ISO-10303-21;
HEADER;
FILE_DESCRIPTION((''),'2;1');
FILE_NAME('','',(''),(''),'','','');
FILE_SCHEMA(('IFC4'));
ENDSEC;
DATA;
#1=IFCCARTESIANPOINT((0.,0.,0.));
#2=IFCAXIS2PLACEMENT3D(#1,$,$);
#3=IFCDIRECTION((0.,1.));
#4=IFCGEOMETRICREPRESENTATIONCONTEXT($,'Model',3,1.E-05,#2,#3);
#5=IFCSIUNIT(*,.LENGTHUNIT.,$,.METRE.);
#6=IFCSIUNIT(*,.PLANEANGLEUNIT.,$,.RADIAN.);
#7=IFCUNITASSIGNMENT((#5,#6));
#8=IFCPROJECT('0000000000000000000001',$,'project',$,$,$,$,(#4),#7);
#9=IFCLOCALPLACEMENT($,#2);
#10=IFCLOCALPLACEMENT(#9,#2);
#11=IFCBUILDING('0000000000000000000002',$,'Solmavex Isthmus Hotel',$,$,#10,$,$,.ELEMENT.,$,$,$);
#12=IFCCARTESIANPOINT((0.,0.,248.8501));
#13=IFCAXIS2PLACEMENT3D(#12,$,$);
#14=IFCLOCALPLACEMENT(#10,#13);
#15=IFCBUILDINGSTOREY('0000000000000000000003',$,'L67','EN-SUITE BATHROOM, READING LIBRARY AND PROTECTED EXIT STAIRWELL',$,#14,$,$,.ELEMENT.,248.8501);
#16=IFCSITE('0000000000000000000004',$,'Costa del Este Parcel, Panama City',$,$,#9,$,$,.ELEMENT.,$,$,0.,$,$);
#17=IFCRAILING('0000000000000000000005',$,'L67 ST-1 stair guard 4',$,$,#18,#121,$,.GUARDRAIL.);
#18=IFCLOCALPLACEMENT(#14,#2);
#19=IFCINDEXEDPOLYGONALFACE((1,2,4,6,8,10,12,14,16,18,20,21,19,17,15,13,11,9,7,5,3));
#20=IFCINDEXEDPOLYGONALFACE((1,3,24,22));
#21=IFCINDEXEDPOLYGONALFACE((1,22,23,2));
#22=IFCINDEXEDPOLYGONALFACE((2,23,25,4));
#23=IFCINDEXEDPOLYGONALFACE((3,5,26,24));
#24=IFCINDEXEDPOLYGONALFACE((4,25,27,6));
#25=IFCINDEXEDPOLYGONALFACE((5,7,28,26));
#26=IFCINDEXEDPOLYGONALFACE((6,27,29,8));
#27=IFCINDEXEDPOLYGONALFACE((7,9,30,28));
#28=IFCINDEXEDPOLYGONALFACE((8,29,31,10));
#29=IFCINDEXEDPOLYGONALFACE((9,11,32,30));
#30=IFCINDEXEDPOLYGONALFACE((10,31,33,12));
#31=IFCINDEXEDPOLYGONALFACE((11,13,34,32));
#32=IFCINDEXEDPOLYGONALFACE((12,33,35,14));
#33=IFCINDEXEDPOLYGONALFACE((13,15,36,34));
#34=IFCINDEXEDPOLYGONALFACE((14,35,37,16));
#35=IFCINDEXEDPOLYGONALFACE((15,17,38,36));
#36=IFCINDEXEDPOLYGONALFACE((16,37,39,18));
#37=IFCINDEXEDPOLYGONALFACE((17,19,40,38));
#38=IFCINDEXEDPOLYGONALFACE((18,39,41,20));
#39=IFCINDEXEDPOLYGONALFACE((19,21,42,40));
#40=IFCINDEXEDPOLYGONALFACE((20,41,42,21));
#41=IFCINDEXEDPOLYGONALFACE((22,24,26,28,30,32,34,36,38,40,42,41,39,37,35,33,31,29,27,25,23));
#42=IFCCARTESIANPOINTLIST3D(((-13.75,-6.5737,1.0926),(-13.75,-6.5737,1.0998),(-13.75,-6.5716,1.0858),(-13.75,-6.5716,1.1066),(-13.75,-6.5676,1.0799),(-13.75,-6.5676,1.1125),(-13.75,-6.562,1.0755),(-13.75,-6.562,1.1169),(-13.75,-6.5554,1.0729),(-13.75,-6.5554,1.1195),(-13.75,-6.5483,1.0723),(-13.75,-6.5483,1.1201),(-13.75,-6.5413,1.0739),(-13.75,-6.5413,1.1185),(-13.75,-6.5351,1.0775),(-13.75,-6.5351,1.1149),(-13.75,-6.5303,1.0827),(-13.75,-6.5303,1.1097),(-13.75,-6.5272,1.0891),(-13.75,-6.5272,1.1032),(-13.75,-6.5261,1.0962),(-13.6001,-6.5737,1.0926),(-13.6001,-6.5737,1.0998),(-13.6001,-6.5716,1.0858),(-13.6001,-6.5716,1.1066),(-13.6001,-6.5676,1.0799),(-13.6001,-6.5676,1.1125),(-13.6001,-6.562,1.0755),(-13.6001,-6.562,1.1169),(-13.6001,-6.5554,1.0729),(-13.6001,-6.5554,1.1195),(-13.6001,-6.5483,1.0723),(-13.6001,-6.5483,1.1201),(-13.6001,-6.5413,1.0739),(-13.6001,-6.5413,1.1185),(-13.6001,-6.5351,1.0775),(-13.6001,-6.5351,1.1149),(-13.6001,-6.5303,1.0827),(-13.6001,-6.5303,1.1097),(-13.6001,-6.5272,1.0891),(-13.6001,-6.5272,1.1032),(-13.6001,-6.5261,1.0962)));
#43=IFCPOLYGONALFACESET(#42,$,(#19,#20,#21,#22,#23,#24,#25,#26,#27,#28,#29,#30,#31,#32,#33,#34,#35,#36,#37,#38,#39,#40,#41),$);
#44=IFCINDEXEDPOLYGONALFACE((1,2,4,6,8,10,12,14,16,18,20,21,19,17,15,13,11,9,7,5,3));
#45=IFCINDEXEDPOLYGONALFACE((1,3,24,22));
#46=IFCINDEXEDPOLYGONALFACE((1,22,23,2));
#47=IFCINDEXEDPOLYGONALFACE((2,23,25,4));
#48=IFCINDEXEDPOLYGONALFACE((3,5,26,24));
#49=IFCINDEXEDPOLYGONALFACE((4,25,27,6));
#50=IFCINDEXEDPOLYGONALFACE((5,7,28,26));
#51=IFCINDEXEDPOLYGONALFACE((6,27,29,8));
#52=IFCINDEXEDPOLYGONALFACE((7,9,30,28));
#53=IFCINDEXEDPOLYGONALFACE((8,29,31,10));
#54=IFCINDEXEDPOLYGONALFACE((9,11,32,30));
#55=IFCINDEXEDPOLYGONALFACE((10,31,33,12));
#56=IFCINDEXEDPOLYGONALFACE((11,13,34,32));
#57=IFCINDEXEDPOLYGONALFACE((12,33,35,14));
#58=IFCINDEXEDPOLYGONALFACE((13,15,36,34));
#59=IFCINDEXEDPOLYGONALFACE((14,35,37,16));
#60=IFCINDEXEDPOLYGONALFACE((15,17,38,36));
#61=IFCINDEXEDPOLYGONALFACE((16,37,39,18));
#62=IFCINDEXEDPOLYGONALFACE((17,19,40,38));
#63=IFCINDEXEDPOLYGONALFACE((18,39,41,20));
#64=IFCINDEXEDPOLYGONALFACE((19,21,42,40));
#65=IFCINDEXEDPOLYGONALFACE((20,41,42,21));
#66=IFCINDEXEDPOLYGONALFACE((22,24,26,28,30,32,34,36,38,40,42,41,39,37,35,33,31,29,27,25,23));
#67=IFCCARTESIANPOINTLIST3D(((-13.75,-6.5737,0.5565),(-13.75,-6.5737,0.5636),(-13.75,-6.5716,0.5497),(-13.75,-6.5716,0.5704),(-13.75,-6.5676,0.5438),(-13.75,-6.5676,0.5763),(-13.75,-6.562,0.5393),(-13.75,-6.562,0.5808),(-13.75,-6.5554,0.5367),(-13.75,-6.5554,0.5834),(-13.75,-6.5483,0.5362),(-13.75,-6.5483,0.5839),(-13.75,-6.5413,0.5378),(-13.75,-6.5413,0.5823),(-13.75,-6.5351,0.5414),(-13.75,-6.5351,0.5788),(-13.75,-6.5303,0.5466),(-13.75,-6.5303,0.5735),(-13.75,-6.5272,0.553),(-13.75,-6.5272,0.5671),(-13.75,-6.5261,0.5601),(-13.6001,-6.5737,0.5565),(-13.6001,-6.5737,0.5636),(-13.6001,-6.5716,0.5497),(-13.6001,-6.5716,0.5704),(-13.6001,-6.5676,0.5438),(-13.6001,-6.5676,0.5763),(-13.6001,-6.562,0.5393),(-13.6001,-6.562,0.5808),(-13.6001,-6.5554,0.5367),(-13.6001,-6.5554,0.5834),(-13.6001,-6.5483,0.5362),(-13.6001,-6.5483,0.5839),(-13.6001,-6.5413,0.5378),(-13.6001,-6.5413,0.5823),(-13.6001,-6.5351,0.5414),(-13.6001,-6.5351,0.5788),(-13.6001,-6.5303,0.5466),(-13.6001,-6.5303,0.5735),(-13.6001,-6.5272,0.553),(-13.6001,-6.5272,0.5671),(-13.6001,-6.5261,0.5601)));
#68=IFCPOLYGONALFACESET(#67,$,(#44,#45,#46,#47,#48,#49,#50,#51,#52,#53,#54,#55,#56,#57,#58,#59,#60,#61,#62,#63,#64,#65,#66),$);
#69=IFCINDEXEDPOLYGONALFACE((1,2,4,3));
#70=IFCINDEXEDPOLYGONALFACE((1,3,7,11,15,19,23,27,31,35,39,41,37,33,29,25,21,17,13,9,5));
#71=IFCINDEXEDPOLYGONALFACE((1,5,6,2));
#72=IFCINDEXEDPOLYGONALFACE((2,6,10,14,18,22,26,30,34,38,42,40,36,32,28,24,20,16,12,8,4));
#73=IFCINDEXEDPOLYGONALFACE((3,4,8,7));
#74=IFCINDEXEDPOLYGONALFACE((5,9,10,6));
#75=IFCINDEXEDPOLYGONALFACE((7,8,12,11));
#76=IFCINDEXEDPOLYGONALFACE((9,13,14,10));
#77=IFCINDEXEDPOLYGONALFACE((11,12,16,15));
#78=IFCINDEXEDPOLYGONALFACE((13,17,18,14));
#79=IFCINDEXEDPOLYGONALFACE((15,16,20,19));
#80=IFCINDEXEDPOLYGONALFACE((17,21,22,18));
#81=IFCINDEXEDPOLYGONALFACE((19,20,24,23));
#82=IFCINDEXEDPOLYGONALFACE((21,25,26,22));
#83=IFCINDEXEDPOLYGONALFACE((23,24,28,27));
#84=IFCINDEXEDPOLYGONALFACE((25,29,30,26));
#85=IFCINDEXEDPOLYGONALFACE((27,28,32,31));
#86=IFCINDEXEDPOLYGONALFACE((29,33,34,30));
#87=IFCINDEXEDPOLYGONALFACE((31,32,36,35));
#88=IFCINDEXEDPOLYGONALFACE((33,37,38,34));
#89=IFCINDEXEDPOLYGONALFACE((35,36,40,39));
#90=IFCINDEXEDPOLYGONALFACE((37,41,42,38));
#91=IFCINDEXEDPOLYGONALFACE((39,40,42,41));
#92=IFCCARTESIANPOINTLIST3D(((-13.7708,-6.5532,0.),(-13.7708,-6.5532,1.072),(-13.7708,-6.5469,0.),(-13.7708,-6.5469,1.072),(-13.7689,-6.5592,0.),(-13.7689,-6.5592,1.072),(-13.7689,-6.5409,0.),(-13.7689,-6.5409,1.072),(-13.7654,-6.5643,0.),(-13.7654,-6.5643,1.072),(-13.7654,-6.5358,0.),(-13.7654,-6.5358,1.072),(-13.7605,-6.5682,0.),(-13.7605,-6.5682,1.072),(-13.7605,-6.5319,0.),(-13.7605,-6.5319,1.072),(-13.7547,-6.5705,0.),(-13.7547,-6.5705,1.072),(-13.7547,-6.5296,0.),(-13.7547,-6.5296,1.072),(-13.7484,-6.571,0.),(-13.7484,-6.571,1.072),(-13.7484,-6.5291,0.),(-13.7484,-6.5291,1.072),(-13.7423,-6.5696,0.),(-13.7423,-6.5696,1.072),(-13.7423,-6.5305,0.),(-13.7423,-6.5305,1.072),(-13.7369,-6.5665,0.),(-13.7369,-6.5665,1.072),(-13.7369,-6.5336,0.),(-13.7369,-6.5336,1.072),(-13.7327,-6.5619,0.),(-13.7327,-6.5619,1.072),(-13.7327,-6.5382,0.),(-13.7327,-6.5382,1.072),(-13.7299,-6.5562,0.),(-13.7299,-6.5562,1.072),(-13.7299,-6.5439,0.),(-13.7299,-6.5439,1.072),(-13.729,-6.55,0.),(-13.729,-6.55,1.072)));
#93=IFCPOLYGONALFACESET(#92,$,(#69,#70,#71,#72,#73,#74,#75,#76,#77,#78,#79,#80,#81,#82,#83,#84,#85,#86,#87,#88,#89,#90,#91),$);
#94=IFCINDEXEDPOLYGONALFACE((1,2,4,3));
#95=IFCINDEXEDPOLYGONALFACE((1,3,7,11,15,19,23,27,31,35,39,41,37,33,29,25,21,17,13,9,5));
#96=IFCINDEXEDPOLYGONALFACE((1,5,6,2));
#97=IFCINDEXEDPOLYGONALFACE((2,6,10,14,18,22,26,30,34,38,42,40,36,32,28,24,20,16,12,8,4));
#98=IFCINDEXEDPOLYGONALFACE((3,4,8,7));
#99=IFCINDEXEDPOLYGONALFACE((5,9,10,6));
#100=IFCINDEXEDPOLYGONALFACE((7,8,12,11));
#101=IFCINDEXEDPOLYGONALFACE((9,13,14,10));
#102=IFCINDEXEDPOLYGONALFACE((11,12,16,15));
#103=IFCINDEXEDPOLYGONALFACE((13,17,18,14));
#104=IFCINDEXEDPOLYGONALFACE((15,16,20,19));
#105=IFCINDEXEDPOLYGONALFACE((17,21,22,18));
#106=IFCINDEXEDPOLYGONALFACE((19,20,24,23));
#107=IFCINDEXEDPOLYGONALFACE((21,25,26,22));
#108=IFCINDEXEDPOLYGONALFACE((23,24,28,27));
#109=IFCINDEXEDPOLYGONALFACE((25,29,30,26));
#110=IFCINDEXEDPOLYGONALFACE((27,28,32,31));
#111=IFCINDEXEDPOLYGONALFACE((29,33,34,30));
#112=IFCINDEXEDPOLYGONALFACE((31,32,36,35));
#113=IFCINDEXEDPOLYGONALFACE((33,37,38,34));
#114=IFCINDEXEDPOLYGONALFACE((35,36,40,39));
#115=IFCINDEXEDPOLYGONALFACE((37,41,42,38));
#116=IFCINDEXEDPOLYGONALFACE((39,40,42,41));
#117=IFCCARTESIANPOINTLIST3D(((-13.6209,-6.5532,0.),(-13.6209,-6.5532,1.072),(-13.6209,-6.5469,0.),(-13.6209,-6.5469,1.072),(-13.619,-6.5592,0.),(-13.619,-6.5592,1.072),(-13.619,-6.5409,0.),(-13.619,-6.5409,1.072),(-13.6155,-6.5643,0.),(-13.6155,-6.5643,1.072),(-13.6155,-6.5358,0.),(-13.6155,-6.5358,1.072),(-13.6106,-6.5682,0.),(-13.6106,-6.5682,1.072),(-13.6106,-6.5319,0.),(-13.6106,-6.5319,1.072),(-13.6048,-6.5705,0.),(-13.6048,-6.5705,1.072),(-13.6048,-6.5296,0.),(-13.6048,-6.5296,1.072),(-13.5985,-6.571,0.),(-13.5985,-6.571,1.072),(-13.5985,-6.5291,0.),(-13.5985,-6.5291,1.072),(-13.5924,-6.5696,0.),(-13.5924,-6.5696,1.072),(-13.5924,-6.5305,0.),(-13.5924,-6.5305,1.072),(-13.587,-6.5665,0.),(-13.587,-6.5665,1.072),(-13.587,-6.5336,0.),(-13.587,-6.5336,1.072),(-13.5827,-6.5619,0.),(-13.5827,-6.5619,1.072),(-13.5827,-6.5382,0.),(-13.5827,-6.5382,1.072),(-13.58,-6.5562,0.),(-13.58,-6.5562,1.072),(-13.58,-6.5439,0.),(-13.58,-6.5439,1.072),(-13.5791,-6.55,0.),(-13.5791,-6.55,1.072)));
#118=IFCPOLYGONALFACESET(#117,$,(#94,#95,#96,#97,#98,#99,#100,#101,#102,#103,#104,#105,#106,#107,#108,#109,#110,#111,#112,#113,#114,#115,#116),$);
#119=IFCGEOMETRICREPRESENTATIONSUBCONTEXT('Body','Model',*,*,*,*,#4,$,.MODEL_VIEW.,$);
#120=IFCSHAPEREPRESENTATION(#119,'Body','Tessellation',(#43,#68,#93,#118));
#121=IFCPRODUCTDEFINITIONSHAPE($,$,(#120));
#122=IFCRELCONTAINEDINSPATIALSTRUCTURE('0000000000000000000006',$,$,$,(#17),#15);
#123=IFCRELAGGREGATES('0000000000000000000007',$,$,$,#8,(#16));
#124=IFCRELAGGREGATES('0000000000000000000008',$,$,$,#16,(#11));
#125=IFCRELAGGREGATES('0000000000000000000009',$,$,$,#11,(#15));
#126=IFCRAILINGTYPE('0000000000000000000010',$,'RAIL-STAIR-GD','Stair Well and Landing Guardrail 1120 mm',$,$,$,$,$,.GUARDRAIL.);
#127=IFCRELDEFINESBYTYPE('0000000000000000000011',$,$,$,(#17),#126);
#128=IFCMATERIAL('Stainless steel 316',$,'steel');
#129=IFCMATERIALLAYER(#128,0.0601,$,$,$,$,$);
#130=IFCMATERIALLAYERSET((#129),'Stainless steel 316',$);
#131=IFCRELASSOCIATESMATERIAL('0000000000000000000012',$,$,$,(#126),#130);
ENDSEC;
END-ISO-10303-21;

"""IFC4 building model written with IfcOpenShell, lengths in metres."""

from ifc_helpers import new_model, si_unit, direction, frame, origin, origin_2d, place, context, subcontext, project, spatial, circle, extrude, material, layer, layer_set, type_object, element, save


model = new_model("IFC4")

# Units and contexts
model_context = context("Model", 3, precision=1e-05, world=origin(), true_north=direction((0.0, 1.0)))
body_context = subcontext(model_context, "Body", "Model", "MODEL_VIEW")
ifc_project = project(units=[si_unit("LENGTHUNIT", "METRE"), si_unit("PLANEANGLEUNIT", "RADIAN")], contexts=[model_context])

# Site, building, storey
site_placement = place(None, origin())
site = spatial("IfcSite", under=ifc_project, at=site_placement, Name="Costa del Este Parcel, Panama City", CompositionType="ELEMENT", RefElevation=0.0)
building_placement = place(site_placement, origin())
building = spatial("IfcBuilding", under=site, at=building_placement, Name="Solmavex Isthmus Hotel", CompositionType="ELEMENT")
storey_placement = place(building_placement, frame((0.0, 0.0, 248.8501)))
storey = spatial("IfcBuildingStorey", under=building, at=storey_placement, Name="L67", Description="EN-SUITE BATHROOM, READING LIBRARY AND PROTECTED EXIT STAIRWELL", CompositionType="ELEMENT", Elevation=248.8501)

# Railing
ifc_material_1 = material(Name="Stainless steel 316", Category="steel")
ifc_layer_1 = layer(ifc_material_1, 0.0601)
ifc_layer_set_1 = layer_set([ifc_layer_1], Name="Stainless steel 316")
railing_type_1 = type_object("IfcRailingType", Name="RAIL-STAIR-GD", Description="Stair Well and Landing Guardrail 1120 mm", PredefinedType="GUARDRAIL", material=ifc_layer_set_1)
railing_1_placement = place(storey_placement, frame((-13.75, -6.55, 0.0)))
element("IfcRailing", 1, at=railing_1_placement, inside=storey, type_object=railing_type_1, Name="L67 ST-1 stair guard 4", PredefinedType="GUARDRAIL", context=body_context, shape_type="SweptSolid", body=[
    extrude(circle(Radius=0.0239, at=origin_2d()), frame((0.0, 0.0, 1.0962), z_axis=(1.0, 0.0, 0.0), x_axis=(0.0, 1.0, 0.0)), (0.0, 0.0, 1.0), 0.1499),
    extrude(circle(Radius=0.0239, at=origin_2d()), frame((0.0, 0.0, 0.5601), z_axis=(1.0, 0.0, 0.0), x_axis=(0.0, 1.0, 0.0)), (0.0, 0.0, 1.0), 0.1499),
    extrude(circle(Radius=0.021, at=origin_2d()), origin(), (0.0, 0.0, 1.0), 1.072),
    extrude(circle(Radius=0.021, at=origin_2d()), frame((0.1499, 0.0, 0.0)), (0.0, 0.0, 1.0), 1.072),
])

save(model, "model.ifc")
